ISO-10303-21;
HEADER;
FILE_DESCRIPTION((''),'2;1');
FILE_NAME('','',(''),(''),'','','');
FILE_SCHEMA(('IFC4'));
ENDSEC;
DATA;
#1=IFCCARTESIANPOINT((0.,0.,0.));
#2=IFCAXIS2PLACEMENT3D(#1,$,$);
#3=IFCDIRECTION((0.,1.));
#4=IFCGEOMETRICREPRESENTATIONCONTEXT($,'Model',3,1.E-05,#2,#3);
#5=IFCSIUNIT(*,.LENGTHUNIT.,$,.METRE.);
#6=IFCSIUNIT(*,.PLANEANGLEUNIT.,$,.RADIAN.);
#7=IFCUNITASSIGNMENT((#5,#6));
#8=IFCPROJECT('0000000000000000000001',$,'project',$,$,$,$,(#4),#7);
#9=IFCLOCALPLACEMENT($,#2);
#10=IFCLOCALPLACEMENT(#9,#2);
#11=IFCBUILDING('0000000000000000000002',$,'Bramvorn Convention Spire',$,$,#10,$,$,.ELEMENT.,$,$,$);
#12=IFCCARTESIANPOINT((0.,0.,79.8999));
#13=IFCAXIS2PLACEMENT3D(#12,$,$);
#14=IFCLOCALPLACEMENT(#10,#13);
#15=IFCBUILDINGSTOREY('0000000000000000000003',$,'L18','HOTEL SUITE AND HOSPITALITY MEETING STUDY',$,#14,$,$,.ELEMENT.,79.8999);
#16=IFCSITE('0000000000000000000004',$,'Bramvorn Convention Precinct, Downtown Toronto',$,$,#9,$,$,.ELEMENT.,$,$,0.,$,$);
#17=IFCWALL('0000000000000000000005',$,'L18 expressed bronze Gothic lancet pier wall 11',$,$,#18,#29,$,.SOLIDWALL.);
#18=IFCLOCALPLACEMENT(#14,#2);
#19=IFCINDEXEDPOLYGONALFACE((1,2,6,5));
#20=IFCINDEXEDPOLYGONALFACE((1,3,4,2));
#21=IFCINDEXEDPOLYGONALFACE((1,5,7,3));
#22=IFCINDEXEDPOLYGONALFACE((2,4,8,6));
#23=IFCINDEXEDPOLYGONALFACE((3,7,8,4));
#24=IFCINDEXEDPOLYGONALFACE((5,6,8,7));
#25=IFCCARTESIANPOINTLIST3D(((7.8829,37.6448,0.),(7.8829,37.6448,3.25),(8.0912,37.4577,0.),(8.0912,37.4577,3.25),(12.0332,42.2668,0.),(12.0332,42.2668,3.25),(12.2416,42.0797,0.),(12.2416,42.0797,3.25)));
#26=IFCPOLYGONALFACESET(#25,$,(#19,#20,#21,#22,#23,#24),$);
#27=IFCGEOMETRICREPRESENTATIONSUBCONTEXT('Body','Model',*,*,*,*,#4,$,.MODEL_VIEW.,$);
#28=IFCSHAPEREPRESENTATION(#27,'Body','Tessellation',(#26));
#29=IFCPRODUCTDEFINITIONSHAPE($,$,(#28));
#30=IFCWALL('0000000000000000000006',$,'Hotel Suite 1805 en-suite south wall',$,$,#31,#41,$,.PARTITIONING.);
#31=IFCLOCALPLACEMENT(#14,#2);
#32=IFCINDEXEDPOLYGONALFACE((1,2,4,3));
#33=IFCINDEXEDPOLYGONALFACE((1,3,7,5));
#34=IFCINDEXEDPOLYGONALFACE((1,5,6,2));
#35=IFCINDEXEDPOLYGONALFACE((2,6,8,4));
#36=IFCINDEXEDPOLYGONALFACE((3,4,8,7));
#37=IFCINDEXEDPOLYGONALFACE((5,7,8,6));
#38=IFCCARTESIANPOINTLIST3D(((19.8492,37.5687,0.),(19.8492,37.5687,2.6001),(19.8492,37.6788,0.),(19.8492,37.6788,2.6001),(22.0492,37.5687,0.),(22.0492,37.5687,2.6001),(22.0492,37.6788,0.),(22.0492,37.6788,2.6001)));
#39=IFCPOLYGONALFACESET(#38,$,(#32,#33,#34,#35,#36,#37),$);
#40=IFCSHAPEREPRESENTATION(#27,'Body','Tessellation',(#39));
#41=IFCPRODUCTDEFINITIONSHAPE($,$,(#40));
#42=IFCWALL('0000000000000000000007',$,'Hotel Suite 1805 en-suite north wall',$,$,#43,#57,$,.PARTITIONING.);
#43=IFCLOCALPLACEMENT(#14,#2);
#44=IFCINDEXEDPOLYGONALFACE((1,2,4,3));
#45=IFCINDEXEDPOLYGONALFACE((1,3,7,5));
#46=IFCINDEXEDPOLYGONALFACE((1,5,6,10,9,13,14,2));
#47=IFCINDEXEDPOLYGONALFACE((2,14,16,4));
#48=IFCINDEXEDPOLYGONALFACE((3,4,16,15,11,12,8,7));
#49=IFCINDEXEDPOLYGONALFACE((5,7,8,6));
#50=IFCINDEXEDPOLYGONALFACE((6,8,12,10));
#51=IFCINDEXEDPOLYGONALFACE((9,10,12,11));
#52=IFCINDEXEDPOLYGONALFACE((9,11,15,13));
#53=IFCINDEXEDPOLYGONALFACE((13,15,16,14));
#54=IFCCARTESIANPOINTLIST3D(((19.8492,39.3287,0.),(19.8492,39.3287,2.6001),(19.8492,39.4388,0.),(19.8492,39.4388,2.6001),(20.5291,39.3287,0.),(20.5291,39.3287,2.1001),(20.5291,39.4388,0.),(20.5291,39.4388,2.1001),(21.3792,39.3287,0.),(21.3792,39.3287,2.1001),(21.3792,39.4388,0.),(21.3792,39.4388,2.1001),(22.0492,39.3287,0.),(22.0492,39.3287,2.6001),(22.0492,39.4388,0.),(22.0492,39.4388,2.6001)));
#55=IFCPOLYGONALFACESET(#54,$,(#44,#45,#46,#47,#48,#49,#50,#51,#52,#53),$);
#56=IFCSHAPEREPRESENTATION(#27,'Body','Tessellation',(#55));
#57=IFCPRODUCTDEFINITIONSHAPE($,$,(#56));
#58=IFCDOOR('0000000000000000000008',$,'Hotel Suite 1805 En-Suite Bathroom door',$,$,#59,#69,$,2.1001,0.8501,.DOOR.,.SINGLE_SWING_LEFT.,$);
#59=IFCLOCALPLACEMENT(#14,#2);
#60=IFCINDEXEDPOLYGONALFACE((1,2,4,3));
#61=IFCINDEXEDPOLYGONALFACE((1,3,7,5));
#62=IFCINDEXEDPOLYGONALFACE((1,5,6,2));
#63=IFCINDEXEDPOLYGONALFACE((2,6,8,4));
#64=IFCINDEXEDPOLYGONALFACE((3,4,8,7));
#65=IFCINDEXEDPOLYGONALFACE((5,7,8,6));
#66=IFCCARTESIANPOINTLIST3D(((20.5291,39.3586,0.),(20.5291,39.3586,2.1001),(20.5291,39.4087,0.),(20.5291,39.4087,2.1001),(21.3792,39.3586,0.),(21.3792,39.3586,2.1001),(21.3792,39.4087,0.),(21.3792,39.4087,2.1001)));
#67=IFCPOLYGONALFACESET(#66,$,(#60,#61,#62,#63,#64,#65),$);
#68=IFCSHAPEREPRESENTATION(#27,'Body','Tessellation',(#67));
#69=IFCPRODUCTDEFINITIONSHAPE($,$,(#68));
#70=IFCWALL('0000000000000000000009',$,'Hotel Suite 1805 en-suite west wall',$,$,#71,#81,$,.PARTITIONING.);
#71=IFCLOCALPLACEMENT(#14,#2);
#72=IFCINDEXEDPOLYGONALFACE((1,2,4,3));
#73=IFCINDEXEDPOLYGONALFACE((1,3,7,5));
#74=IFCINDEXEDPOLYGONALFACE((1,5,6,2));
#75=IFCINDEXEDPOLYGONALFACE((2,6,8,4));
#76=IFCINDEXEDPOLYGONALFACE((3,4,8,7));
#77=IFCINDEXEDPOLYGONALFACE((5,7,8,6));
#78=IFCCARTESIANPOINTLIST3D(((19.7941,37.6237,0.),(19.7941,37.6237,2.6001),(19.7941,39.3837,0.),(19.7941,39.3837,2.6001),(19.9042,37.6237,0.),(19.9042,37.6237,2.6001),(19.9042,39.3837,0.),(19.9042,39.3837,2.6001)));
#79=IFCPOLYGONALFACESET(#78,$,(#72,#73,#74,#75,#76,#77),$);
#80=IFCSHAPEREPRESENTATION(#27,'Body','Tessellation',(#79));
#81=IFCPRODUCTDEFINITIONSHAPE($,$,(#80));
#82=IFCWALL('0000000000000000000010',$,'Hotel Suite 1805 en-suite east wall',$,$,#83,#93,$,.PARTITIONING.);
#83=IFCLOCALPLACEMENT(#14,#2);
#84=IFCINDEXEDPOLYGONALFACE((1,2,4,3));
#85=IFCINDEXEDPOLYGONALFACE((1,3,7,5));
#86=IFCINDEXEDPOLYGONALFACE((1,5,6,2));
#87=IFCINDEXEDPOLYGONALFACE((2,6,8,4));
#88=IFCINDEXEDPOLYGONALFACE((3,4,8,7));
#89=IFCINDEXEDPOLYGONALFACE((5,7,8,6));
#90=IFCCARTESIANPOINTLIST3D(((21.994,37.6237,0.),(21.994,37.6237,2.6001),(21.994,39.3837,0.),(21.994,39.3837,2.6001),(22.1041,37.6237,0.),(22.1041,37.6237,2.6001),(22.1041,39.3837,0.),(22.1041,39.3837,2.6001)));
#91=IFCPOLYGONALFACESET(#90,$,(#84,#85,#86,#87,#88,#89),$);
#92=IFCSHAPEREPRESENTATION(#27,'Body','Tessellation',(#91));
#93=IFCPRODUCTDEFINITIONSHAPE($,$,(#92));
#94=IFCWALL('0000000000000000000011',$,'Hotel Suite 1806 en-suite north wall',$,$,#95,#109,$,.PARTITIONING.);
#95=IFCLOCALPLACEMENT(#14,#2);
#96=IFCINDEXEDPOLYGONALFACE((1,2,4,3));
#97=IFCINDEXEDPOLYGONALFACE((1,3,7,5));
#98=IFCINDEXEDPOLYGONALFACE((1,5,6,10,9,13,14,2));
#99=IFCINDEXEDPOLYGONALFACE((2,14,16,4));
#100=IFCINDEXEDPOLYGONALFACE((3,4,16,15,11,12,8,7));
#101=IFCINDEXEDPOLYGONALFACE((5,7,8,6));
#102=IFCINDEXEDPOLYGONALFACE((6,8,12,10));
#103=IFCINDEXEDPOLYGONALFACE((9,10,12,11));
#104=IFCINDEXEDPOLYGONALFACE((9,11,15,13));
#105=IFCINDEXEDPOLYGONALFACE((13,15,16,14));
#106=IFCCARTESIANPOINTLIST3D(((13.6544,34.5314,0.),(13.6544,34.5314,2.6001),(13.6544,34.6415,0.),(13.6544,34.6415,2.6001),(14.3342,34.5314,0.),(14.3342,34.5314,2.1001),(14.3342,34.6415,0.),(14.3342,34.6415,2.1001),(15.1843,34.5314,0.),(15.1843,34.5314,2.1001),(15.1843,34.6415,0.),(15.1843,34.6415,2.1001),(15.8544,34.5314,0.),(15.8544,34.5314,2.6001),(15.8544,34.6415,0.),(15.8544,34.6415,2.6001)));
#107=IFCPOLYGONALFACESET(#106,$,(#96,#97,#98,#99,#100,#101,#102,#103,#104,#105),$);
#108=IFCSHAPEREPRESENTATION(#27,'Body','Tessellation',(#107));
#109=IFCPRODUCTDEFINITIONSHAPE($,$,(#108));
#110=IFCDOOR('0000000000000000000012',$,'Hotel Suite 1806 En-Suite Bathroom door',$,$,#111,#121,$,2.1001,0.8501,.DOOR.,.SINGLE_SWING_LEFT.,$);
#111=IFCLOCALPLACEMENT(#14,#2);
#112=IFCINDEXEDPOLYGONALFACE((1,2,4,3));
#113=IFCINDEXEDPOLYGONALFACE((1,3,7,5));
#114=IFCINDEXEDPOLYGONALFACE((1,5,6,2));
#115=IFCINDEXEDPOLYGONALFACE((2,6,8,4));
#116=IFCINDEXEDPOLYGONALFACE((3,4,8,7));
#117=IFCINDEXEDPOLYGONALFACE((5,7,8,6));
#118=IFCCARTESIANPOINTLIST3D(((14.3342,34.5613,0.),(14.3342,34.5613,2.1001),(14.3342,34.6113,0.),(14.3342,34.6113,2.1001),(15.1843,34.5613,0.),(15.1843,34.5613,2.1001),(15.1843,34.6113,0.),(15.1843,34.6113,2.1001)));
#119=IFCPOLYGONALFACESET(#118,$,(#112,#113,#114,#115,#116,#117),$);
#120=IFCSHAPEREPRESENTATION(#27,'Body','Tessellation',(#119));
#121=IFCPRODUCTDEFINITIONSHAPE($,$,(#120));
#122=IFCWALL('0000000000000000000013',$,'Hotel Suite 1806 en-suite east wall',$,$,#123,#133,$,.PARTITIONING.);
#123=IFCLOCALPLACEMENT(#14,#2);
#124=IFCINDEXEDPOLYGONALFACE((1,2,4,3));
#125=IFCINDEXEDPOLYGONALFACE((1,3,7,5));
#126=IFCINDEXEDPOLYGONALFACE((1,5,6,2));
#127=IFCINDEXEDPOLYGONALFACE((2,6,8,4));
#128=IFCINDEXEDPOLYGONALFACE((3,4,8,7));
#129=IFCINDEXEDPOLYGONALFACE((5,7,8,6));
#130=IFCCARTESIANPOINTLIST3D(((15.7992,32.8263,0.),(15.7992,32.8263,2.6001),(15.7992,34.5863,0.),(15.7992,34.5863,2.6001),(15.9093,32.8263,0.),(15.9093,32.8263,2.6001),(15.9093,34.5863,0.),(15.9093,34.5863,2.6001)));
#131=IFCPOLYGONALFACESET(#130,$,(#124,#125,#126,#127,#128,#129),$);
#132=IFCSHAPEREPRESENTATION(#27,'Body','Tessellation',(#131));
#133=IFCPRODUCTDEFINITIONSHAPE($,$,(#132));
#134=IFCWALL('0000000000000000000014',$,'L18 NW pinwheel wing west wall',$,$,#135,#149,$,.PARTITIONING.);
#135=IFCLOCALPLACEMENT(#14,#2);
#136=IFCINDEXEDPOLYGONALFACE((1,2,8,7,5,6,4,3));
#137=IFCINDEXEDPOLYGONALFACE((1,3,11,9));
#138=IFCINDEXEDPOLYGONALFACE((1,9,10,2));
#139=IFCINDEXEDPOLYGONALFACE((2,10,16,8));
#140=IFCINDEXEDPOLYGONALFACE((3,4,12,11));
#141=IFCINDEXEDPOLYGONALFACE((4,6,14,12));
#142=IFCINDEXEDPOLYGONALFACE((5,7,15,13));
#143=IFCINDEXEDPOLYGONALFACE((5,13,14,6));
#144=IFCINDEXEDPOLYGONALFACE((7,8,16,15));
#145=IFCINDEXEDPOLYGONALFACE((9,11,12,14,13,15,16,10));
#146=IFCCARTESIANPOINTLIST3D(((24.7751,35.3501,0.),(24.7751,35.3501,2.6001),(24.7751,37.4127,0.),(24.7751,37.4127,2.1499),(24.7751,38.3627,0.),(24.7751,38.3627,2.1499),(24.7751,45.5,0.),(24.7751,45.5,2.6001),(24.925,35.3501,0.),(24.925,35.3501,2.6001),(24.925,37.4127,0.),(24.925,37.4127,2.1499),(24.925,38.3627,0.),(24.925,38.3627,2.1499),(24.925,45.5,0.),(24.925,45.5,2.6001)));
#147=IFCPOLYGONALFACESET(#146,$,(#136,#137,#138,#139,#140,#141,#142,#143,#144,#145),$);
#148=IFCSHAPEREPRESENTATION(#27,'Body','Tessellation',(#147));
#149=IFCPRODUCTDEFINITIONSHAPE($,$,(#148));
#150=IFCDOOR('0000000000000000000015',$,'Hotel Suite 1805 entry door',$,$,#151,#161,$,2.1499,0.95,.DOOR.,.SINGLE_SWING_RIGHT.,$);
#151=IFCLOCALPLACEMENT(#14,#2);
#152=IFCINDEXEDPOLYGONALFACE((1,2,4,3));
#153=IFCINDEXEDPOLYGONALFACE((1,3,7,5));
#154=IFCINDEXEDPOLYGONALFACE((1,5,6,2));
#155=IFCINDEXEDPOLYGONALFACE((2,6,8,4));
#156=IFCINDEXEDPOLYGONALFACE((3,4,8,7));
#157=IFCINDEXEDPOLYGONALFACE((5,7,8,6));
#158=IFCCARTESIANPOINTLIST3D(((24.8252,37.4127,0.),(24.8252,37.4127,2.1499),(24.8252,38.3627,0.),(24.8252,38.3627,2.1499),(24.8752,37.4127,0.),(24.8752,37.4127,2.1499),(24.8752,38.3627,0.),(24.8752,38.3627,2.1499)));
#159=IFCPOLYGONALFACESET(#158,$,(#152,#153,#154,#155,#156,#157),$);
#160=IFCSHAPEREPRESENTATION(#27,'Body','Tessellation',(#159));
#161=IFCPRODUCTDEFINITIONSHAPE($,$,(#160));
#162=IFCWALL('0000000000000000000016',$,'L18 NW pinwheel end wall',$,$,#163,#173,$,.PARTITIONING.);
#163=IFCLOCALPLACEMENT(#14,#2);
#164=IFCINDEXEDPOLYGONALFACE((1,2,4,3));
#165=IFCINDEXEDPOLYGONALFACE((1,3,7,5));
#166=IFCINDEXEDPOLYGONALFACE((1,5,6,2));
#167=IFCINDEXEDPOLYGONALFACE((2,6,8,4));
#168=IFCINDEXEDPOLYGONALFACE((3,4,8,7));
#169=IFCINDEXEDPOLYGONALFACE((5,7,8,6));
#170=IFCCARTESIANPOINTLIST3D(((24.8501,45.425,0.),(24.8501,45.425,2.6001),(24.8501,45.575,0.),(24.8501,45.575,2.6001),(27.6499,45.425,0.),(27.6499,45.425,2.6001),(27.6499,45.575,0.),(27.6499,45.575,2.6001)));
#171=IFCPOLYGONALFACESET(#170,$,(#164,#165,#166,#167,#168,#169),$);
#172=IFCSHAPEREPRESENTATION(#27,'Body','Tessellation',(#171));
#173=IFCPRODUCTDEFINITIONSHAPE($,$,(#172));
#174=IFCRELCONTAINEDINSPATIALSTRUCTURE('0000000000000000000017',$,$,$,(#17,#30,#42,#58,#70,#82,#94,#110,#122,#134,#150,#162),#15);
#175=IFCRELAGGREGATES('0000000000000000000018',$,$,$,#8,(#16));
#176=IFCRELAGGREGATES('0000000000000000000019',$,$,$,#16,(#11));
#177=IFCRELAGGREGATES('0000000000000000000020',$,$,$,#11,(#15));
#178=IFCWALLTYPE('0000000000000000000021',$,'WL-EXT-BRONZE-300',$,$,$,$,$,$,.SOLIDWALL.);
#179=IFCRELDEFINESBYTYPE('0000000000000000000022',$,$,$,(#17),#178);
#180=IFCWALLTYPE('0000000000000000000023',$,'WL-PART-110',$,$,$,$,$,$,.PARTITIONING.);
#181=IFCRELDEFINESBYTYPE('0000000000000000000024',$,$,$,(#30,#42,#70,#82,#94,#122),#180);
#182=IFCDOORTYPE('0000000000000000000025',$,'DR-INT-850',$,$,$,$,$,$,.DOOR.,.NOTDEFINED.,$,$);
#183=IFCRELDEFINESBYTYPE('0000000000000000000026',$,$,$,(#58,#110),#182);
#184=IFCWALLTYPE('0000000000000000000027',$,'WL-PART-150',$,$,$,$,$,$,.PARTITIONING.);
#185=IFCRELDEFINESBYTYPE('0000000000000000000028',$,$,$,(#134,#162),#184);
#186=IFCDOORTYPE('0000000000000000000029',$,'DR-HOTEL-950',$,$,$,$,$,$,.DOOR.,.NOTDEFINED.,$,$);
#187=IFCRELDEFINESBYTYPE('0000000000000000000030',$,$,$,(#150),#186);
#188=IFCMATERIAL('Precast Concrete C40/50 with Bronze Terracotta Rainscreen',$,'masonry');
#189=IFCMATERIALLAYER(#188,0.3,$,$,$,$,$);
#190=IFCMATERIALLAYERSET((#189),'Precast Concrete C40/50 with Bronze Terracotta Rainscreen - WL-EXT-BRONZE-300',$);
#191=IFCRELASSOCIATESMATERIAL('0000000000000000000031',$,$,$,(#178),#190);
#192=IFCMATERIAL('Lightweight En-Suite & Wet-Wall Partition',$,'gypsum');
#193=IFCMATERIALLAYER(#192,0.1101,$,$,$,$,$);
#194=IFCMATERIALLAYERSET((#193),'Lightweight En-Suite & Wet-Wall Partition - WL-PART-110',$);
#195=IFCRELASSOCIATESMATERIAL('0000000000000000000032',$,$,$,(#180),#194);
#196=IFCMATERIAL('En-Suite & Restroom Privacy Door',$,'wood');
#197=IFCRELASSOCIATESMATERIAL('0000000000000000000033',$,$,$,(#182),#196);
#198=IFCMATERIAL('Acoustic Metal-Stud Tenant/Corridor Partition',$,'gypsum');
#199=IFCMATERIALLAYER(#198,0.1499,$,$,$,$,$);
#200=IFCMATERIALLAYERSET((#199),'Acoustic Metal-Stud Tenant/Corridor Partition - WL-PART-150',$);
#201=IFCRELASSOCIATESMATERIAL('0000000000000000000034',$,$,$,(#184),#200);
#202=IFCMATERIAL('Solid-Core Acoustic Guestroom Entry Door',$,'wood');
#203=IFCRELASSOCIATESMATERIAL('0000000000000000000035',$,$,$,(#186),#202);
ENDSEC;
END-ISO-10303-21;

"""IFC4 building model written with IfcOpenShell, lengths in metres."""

from ifc_helpers import new_model, si_unit, direction, frame, frame_2d, origin, place, context, subcontext, project, spatial, rectangle, extrude, material, layer, layer_set, type_object, element, fill, save


model = new_model("IFC4")

# Units and contexts
model_context = context("Model", 3, precision=1e-05, world=origin(), true_north=direction((0.0, 1.0)))
body_context = subcontext(model_context, "Body", "Model", "MODEL_VIEW")
ifc_project = project(units=[si_unit("LENGTHUNIT", "METRE"), si_unit("PLANEANGLEUNIT", "RADIAN")], contexts=[model_context])

# Site, building, storey
site_placement = place(None, origin())
site = spatial("IfcSite", under=ifc_project, at=site_placement, Name="Bramvorn Convention Precinct, Downtown Toronto", CompositionType="ELEMENT", RefElevation=0.0)
building_placement = place(site_placement, origin())
building = spatial("IfcBuilding", under=site, at=building_placement, Name="Bramvorn Convention Spire", CompositionType="ELEMENT")
storey_placement = place(building_placement, frame((0.0, 0.0, 79.8999)))
storey = spatial("IfcBuildingStorey", under=building, at=storey_placement, Name="L18", Description="HOTEL SUITE AND HOSPITALITY MEETING STUDY", CompositionType="ELEMENT", Elevation=79.8999)

# Walls
ifc_material_1 = material(Name="Precast Concrete C40/50 with Bronze Terracotta Rainscreen", Category="masonry")
ifc_layer_1 = layer(ifc_material_1, 0.3)
ifc_layer_set_1 = layer_set([ifc_layer_1], Name="Precast Concrete C40/50 with Bronze Terracotta Rainscreen - WL-EXT-BRONZE-300")
wall_type_1 = type_object("IfcWallType", Name="WL-EXT-BRONZE-300", PredefinedType="SOLIDWALL", material=ifc_layer_set_1)
wall_1_placement = place(storey_placement, frame((7.9871, 37.5513, 0.0), z_axis=(0.0, 0.0, 1.0), x_axis=(0.668122, 0.744052, 0.0)))
element("IfcWall", 1, at=wall_1_placement, inside=storey, type_object=wall_type_1, Name="L18 expressed bronze Gothic lancet pier wall 11", PredefinedType="SOLIDWALL", context=body_context, shape_type="SweptSolid", body=[
    extrude(rectangle(XDim=6.2119, YDim=0.28, at=frame_2d((3.106, 0.0))), origin(), (0.0, 0.0, 1.0), 3.25),
])
ifc_material_2 = material(Name="Lightweight En-Suite & Wet-Wall Partition", Category="gypsum")
ifc_layer_2 = layer(ifc_material_2, 0.1101)
ifc_layer_set_2 = layer_set([ifc_layer_2], Name="Lightweight En-Suite & Wet-Wall Partition - WL-PART-110")
wall_type_2 = type_object("IfcWallType", Name="WL-PART-110", PredefinedType="PARTITIONING", material=ifc_layer_set_2)
wall_2_placement = place(storey_placement, frame((19.8491, 37.6238, 0.0), z_axis=(0.0, 0.0, 1.0), x_axis=(1.0, 0.0, 0.0)))
element("IfcWall", 2, at=wall_2_placement, inside=storey, type_object=wall_type_2, Name="Hotel Suite 1805 en-suite south wall", PredefinedType="PARTITIONING", context=body_context, shape_type="SweptSolid", body=[
    extrude(rectangle(XDim=2.2, YDim=0.1101, at=frame_2d((1.1001, 0.0))), origin(), (0.0, 0.0, 1.0), 2.6001),
])

# Wall, opening, door
wall_3_placement = place(storey_placement, frame((19.8491, 39.3838, 0.0), z_axis=(0.0, 0.0, 1.0), x_axis=(1.0, 0.0, 0.0)))
wall_3 = element("IfcWall", 3, at=wall_3_placement, inside=storey, type_object=wall_type_2, Name="Hotel Suite 1805 en-suite north wall", PredefinedType="PARTITIONING", context=body_context, shape_type="SweptSolid", body=[
    extrude(rectangle(XDim=2.2, YDim=0.1101, at=frame_2d((1.1001, 0.0))), origin(), (0.0, 0.0, 1.0), 2.6001),
])
opening_1_placement = place(wall_3_placement, frame((0.6799, 0.0, 0.0)))
opening_1 = element("IfcOpeningElement", 4, at=opening_1_placement, cuts=wall_3, PredefinedType="OPENING", context=body_context, shape_type="SweptSolid", body=[
    extrude(rectangle(XDim=0.8501, YDim=2.1001, at=frame_2d((0.425, 1.05))), frame((0.0, 0.0649, 0.0), z_axis=(0.0, -1.0, 0.0), x_axis=(1.0, 0.0, 0.0)), (0.0, 0.0, 1.0), 0.1301),
])
ifc_material_3 = material(Name="En-Suite & Restroom Privacy Door", Category="wood")
door_type_1 = type_object("IfcDoorType", Name="DR-INT-850", OperationType="NOTDEFINED", PredefinedType="DOOR", material=ifc_material_3)
door_1_placement = place(opening_1_placement, origin())
door_1 = element("IfcDoor", 5, at=door_1_placement, inside=storey, type_object=door_type_1, Name="Hotel Suite 1805 En-Suite Bathroom door", OperationType="SINGLE_SWING_LEFT", OverallHeight=2.1001, OverallWidth=0.8501, PredefinedType="DOOR", context=body_context, shape_type="SweptSolid", body=[
    extrude(rectangle(XDim=0.8501, YDim=2.1001, at=frame_2d((0.425, 1.05))), frame((0.0, 0.0249, 0.0), z_axis=(0.0, -1.0, 0.0), x_axis=(1.0, 0.0, 0.0)), (0.0, 0.0, 1.0), 0.05),
])
fill(opening_1, door_1)

# Walls
for number, where, z_axis, x_axis, name in (
    (6, (19.8491, 37.6238, 0.0), (0.0, 0.0, 1.0), (0.0, 1.0, 0.0), "Hotel Suite 1805 en-suite west wall"),
    (7, (22.0491, 37.6238, 0.0), (0.0, 0.0, 1.0), (0.0, 1.0, 0.0), "Hotel Suite 1805 en-suite east wall"),
):
    element("IfcWall", number, at=place(storey_placement, frame(where, z_axis=z_axis, x_axis=x_axis)), inside=storey, type_object=wall_type_2, Name=name, PredefinedType="PARTITIONING", context=body_context, shape_type="SweptSolid", body=[
        extrude(rectangle(XDim=1.76, YDim=0.1101, at=frame_2d((0.8799, 0.0))), origin(), (0.0, 0.0, 1.0), 2.6001),
    ])

# Wall, opening, door
wall_4_placement = place(storey_placement, frame((13.6543, 34.5864, 0.0), z_axis=(0.0, 0.0, 1.0), x_axis=(1.0, 0.0, 0.0)))
wall_4 = element("IfcWall", 8, at=wall_4_placement, inside=storey, type_object=wall_type_2, Name="Hotel Suite 1806 en-suite north wall", PredefinedType="PARTITIONING", context=body_context, shape_type="SweptSolid", body=[
    extrude(rectangle(XDim=2.2, YDim=0.1101, at=frame_2d((1.1001, 0.0))), origin(), (0.0, 0.0, 1.0), 2.6001),
])
opening_2_placement = place(wall_4_placement, frame((0.6799, 0.0, 0.0)))
opening_2 = element("IfcOpeningElement", 9, at=opening_2_placement, cuts=wall_4, PredefinedType="OPENING", context=body_context, shape_type="SweptSolid", body=[
    extrude(rectangle(XDim=0.8501, YDim=2.1001, at=frame_2d((0.425, 1.05))), frame((0.0, 0.0649, 0.0), z_axis=(0.0, -1.0, 0.0), x_axis=(1.0, 0.0, 0.0)), (0.0, 0.0, 1.0), 0.1301),
])
door_2_placement = place(opening_2_placement, origin())
door_2 = element("IfcDoor", 10, at=door_2_placement, inside=storey, type_object=door_type_1, Name="Hotel Suite 1806 En-Suite Bathroom door", OperationType="SINGLE_SWING_LEFT", OverallHeight=2.1001, OverallWidth=0.8501, PredefinedType="DOOR", context=body_context, shape_type="SweptSolid", body=[
    extrude(rectangle(XDim=0.8501, YDim=2.1001, at=frame_2d((0.425, 1.05))), frame((0.0, 0.0249, 0.0), z_axis=(0.0, -1.0, 0.0), x_axis=(1.0, 0.0, 0.0)), (0.0, 0.0, 1.0), 0.05),
])
fill(opening_2, door_2)

# Wall
wall_5_placement = place(storey_placement, frame((15.8542, 32.8264, 0.0), z_axis=(0.0, 0.0, 1.0), x_axis=(0.0, 1.0, 0.0)))
element("IfcWall", 11, at=wall_5_placement, inside=storey, type_object=wall_type_2, Name="Hotel Suite 1806 en-suite east wall", PredefinedType="PARTITIONING", context=body_context, shape_type="SweptSolid", body=[
    extrude(rectangle(XDim=1.76, YDim=0.1101, at=frame_2d((0.8799, 0.0))), origin(), (0.0, 0.0, 1.0), 2.6001),
])

# Wall, opening, door
ifc_material_4 = material(Name="Acoustic Metal-Stud Tenant/Corridor Partition", Category="gypsum")
ifc_layer_3 = layer(ifc_material_4, 0.1499)
ifc_layer_set_3 = layer_set([ifc_layer_3], Name="Acoustic Metal-Stud Tenant/Corridor Partition - WL-PART-150")
wall_type_3 = type_object("IfcWallType", Name="WL-PART-150", PredefinedType="PARTITIONING", material=ifc_layer_set_3)
wall_6_placement = place(storey_placement, frame((24.8501, 35.3501, 0.0), z_axis=(0.0, 0.0, 1.0), x_axis=(0.0, 1.0, 0.0)))
wall_6 = element("IfcWall", 12, at=wall_6_placement, inside=storey, type_object=wall_type_3, Name="L18 NW pinwheel wing west wall", PredefinedType="PARTITIONING", context=body_context, shape_type="SweptSolid", body=[
    extrude(rectangle(XDim=10.1499, YDim=0.1499, at=frame_2d((5.075, 0.0))), origin(), (0.0, 0.0, 1.0), 2.6001),
])
opening_3_placement = place(wall_6_placement, frame((2.0625, 0.0, 0.0)))
opening_3 = element("IfcOpeningElement", 13, at=opening_3_placement, cuts=wall_6, PredefinedType="OPENING", context=body_context, shape_type="SweptSolid", body=[
    extrude(rectangle(XDim=0.95, YDim=2.1499, at=frame_2d((0.4751, 1.075))), frame((0.0, 0.085, 0.0), z_axis=(0.0, -1.0, 0.0), x_axis=(1.0, 0.0, 0.0)), (0.0, 0.0, 1.0), 0.1699),
])
ifc_material_5 = material(Name="Solid-Core Acoustic Guestroom Entry Door", Category="wood")
door_type_2 = type_object("IfcDoorType", Name="DR-HOTEL-950", OperationType="NOTDEFINED", PredefinedType="DOOR", material=ifc_material_5)
door_3_placement = place(opening_3_placement, origin())
door_3 = element("IfcDoor", 14, at=door_3_placement, inside=storey, type_object=door_type_2, Name="Hotel Suite 1805 entry door", OperationType="SINGLE_SWING_RIGHT", OverallHeight=2.1499, OverallWidth=0.95, PredefinedType="DOOR", context=body_context, shape_type="SweptSolid", body=[
    extrude(rectangle(XDim=0.95, YDim=2.1499, at=frame_2d((0.4751, 1.075))), frame((0.0, 0.0249, 0.0), z_axis=(0.0, -1.0, 0.0), x_axis=(1.0, 0.0, 0.0)), (0.0, 0.0, 1.0), 0.05),
])
fill(opening_3, door_3)

# Wall
wall_7_placement = place(storey_placement, frame((24.8501, 45.5, 0.0), z_axis=(0.0, 0.0, 1.0), x_axis=(1.0, 0.0, 0.0)))
element("IfcWall", 15, at=wall_7_placement, inside=storey, type_object=wall_type_3, Name="L18 NW pinwheel end wall", PredefinedType="PARTITIONING", context=body_context, shape_type="SweptSolid", body=[
    extrude(rectangle(XDim=2.7998, YDim=0.1499, at=frame_2d((1.3999, 0.0))), origin(), (0.0, 0.0, 1.0), 2.6001),
])

save(model, "model.ifc")
